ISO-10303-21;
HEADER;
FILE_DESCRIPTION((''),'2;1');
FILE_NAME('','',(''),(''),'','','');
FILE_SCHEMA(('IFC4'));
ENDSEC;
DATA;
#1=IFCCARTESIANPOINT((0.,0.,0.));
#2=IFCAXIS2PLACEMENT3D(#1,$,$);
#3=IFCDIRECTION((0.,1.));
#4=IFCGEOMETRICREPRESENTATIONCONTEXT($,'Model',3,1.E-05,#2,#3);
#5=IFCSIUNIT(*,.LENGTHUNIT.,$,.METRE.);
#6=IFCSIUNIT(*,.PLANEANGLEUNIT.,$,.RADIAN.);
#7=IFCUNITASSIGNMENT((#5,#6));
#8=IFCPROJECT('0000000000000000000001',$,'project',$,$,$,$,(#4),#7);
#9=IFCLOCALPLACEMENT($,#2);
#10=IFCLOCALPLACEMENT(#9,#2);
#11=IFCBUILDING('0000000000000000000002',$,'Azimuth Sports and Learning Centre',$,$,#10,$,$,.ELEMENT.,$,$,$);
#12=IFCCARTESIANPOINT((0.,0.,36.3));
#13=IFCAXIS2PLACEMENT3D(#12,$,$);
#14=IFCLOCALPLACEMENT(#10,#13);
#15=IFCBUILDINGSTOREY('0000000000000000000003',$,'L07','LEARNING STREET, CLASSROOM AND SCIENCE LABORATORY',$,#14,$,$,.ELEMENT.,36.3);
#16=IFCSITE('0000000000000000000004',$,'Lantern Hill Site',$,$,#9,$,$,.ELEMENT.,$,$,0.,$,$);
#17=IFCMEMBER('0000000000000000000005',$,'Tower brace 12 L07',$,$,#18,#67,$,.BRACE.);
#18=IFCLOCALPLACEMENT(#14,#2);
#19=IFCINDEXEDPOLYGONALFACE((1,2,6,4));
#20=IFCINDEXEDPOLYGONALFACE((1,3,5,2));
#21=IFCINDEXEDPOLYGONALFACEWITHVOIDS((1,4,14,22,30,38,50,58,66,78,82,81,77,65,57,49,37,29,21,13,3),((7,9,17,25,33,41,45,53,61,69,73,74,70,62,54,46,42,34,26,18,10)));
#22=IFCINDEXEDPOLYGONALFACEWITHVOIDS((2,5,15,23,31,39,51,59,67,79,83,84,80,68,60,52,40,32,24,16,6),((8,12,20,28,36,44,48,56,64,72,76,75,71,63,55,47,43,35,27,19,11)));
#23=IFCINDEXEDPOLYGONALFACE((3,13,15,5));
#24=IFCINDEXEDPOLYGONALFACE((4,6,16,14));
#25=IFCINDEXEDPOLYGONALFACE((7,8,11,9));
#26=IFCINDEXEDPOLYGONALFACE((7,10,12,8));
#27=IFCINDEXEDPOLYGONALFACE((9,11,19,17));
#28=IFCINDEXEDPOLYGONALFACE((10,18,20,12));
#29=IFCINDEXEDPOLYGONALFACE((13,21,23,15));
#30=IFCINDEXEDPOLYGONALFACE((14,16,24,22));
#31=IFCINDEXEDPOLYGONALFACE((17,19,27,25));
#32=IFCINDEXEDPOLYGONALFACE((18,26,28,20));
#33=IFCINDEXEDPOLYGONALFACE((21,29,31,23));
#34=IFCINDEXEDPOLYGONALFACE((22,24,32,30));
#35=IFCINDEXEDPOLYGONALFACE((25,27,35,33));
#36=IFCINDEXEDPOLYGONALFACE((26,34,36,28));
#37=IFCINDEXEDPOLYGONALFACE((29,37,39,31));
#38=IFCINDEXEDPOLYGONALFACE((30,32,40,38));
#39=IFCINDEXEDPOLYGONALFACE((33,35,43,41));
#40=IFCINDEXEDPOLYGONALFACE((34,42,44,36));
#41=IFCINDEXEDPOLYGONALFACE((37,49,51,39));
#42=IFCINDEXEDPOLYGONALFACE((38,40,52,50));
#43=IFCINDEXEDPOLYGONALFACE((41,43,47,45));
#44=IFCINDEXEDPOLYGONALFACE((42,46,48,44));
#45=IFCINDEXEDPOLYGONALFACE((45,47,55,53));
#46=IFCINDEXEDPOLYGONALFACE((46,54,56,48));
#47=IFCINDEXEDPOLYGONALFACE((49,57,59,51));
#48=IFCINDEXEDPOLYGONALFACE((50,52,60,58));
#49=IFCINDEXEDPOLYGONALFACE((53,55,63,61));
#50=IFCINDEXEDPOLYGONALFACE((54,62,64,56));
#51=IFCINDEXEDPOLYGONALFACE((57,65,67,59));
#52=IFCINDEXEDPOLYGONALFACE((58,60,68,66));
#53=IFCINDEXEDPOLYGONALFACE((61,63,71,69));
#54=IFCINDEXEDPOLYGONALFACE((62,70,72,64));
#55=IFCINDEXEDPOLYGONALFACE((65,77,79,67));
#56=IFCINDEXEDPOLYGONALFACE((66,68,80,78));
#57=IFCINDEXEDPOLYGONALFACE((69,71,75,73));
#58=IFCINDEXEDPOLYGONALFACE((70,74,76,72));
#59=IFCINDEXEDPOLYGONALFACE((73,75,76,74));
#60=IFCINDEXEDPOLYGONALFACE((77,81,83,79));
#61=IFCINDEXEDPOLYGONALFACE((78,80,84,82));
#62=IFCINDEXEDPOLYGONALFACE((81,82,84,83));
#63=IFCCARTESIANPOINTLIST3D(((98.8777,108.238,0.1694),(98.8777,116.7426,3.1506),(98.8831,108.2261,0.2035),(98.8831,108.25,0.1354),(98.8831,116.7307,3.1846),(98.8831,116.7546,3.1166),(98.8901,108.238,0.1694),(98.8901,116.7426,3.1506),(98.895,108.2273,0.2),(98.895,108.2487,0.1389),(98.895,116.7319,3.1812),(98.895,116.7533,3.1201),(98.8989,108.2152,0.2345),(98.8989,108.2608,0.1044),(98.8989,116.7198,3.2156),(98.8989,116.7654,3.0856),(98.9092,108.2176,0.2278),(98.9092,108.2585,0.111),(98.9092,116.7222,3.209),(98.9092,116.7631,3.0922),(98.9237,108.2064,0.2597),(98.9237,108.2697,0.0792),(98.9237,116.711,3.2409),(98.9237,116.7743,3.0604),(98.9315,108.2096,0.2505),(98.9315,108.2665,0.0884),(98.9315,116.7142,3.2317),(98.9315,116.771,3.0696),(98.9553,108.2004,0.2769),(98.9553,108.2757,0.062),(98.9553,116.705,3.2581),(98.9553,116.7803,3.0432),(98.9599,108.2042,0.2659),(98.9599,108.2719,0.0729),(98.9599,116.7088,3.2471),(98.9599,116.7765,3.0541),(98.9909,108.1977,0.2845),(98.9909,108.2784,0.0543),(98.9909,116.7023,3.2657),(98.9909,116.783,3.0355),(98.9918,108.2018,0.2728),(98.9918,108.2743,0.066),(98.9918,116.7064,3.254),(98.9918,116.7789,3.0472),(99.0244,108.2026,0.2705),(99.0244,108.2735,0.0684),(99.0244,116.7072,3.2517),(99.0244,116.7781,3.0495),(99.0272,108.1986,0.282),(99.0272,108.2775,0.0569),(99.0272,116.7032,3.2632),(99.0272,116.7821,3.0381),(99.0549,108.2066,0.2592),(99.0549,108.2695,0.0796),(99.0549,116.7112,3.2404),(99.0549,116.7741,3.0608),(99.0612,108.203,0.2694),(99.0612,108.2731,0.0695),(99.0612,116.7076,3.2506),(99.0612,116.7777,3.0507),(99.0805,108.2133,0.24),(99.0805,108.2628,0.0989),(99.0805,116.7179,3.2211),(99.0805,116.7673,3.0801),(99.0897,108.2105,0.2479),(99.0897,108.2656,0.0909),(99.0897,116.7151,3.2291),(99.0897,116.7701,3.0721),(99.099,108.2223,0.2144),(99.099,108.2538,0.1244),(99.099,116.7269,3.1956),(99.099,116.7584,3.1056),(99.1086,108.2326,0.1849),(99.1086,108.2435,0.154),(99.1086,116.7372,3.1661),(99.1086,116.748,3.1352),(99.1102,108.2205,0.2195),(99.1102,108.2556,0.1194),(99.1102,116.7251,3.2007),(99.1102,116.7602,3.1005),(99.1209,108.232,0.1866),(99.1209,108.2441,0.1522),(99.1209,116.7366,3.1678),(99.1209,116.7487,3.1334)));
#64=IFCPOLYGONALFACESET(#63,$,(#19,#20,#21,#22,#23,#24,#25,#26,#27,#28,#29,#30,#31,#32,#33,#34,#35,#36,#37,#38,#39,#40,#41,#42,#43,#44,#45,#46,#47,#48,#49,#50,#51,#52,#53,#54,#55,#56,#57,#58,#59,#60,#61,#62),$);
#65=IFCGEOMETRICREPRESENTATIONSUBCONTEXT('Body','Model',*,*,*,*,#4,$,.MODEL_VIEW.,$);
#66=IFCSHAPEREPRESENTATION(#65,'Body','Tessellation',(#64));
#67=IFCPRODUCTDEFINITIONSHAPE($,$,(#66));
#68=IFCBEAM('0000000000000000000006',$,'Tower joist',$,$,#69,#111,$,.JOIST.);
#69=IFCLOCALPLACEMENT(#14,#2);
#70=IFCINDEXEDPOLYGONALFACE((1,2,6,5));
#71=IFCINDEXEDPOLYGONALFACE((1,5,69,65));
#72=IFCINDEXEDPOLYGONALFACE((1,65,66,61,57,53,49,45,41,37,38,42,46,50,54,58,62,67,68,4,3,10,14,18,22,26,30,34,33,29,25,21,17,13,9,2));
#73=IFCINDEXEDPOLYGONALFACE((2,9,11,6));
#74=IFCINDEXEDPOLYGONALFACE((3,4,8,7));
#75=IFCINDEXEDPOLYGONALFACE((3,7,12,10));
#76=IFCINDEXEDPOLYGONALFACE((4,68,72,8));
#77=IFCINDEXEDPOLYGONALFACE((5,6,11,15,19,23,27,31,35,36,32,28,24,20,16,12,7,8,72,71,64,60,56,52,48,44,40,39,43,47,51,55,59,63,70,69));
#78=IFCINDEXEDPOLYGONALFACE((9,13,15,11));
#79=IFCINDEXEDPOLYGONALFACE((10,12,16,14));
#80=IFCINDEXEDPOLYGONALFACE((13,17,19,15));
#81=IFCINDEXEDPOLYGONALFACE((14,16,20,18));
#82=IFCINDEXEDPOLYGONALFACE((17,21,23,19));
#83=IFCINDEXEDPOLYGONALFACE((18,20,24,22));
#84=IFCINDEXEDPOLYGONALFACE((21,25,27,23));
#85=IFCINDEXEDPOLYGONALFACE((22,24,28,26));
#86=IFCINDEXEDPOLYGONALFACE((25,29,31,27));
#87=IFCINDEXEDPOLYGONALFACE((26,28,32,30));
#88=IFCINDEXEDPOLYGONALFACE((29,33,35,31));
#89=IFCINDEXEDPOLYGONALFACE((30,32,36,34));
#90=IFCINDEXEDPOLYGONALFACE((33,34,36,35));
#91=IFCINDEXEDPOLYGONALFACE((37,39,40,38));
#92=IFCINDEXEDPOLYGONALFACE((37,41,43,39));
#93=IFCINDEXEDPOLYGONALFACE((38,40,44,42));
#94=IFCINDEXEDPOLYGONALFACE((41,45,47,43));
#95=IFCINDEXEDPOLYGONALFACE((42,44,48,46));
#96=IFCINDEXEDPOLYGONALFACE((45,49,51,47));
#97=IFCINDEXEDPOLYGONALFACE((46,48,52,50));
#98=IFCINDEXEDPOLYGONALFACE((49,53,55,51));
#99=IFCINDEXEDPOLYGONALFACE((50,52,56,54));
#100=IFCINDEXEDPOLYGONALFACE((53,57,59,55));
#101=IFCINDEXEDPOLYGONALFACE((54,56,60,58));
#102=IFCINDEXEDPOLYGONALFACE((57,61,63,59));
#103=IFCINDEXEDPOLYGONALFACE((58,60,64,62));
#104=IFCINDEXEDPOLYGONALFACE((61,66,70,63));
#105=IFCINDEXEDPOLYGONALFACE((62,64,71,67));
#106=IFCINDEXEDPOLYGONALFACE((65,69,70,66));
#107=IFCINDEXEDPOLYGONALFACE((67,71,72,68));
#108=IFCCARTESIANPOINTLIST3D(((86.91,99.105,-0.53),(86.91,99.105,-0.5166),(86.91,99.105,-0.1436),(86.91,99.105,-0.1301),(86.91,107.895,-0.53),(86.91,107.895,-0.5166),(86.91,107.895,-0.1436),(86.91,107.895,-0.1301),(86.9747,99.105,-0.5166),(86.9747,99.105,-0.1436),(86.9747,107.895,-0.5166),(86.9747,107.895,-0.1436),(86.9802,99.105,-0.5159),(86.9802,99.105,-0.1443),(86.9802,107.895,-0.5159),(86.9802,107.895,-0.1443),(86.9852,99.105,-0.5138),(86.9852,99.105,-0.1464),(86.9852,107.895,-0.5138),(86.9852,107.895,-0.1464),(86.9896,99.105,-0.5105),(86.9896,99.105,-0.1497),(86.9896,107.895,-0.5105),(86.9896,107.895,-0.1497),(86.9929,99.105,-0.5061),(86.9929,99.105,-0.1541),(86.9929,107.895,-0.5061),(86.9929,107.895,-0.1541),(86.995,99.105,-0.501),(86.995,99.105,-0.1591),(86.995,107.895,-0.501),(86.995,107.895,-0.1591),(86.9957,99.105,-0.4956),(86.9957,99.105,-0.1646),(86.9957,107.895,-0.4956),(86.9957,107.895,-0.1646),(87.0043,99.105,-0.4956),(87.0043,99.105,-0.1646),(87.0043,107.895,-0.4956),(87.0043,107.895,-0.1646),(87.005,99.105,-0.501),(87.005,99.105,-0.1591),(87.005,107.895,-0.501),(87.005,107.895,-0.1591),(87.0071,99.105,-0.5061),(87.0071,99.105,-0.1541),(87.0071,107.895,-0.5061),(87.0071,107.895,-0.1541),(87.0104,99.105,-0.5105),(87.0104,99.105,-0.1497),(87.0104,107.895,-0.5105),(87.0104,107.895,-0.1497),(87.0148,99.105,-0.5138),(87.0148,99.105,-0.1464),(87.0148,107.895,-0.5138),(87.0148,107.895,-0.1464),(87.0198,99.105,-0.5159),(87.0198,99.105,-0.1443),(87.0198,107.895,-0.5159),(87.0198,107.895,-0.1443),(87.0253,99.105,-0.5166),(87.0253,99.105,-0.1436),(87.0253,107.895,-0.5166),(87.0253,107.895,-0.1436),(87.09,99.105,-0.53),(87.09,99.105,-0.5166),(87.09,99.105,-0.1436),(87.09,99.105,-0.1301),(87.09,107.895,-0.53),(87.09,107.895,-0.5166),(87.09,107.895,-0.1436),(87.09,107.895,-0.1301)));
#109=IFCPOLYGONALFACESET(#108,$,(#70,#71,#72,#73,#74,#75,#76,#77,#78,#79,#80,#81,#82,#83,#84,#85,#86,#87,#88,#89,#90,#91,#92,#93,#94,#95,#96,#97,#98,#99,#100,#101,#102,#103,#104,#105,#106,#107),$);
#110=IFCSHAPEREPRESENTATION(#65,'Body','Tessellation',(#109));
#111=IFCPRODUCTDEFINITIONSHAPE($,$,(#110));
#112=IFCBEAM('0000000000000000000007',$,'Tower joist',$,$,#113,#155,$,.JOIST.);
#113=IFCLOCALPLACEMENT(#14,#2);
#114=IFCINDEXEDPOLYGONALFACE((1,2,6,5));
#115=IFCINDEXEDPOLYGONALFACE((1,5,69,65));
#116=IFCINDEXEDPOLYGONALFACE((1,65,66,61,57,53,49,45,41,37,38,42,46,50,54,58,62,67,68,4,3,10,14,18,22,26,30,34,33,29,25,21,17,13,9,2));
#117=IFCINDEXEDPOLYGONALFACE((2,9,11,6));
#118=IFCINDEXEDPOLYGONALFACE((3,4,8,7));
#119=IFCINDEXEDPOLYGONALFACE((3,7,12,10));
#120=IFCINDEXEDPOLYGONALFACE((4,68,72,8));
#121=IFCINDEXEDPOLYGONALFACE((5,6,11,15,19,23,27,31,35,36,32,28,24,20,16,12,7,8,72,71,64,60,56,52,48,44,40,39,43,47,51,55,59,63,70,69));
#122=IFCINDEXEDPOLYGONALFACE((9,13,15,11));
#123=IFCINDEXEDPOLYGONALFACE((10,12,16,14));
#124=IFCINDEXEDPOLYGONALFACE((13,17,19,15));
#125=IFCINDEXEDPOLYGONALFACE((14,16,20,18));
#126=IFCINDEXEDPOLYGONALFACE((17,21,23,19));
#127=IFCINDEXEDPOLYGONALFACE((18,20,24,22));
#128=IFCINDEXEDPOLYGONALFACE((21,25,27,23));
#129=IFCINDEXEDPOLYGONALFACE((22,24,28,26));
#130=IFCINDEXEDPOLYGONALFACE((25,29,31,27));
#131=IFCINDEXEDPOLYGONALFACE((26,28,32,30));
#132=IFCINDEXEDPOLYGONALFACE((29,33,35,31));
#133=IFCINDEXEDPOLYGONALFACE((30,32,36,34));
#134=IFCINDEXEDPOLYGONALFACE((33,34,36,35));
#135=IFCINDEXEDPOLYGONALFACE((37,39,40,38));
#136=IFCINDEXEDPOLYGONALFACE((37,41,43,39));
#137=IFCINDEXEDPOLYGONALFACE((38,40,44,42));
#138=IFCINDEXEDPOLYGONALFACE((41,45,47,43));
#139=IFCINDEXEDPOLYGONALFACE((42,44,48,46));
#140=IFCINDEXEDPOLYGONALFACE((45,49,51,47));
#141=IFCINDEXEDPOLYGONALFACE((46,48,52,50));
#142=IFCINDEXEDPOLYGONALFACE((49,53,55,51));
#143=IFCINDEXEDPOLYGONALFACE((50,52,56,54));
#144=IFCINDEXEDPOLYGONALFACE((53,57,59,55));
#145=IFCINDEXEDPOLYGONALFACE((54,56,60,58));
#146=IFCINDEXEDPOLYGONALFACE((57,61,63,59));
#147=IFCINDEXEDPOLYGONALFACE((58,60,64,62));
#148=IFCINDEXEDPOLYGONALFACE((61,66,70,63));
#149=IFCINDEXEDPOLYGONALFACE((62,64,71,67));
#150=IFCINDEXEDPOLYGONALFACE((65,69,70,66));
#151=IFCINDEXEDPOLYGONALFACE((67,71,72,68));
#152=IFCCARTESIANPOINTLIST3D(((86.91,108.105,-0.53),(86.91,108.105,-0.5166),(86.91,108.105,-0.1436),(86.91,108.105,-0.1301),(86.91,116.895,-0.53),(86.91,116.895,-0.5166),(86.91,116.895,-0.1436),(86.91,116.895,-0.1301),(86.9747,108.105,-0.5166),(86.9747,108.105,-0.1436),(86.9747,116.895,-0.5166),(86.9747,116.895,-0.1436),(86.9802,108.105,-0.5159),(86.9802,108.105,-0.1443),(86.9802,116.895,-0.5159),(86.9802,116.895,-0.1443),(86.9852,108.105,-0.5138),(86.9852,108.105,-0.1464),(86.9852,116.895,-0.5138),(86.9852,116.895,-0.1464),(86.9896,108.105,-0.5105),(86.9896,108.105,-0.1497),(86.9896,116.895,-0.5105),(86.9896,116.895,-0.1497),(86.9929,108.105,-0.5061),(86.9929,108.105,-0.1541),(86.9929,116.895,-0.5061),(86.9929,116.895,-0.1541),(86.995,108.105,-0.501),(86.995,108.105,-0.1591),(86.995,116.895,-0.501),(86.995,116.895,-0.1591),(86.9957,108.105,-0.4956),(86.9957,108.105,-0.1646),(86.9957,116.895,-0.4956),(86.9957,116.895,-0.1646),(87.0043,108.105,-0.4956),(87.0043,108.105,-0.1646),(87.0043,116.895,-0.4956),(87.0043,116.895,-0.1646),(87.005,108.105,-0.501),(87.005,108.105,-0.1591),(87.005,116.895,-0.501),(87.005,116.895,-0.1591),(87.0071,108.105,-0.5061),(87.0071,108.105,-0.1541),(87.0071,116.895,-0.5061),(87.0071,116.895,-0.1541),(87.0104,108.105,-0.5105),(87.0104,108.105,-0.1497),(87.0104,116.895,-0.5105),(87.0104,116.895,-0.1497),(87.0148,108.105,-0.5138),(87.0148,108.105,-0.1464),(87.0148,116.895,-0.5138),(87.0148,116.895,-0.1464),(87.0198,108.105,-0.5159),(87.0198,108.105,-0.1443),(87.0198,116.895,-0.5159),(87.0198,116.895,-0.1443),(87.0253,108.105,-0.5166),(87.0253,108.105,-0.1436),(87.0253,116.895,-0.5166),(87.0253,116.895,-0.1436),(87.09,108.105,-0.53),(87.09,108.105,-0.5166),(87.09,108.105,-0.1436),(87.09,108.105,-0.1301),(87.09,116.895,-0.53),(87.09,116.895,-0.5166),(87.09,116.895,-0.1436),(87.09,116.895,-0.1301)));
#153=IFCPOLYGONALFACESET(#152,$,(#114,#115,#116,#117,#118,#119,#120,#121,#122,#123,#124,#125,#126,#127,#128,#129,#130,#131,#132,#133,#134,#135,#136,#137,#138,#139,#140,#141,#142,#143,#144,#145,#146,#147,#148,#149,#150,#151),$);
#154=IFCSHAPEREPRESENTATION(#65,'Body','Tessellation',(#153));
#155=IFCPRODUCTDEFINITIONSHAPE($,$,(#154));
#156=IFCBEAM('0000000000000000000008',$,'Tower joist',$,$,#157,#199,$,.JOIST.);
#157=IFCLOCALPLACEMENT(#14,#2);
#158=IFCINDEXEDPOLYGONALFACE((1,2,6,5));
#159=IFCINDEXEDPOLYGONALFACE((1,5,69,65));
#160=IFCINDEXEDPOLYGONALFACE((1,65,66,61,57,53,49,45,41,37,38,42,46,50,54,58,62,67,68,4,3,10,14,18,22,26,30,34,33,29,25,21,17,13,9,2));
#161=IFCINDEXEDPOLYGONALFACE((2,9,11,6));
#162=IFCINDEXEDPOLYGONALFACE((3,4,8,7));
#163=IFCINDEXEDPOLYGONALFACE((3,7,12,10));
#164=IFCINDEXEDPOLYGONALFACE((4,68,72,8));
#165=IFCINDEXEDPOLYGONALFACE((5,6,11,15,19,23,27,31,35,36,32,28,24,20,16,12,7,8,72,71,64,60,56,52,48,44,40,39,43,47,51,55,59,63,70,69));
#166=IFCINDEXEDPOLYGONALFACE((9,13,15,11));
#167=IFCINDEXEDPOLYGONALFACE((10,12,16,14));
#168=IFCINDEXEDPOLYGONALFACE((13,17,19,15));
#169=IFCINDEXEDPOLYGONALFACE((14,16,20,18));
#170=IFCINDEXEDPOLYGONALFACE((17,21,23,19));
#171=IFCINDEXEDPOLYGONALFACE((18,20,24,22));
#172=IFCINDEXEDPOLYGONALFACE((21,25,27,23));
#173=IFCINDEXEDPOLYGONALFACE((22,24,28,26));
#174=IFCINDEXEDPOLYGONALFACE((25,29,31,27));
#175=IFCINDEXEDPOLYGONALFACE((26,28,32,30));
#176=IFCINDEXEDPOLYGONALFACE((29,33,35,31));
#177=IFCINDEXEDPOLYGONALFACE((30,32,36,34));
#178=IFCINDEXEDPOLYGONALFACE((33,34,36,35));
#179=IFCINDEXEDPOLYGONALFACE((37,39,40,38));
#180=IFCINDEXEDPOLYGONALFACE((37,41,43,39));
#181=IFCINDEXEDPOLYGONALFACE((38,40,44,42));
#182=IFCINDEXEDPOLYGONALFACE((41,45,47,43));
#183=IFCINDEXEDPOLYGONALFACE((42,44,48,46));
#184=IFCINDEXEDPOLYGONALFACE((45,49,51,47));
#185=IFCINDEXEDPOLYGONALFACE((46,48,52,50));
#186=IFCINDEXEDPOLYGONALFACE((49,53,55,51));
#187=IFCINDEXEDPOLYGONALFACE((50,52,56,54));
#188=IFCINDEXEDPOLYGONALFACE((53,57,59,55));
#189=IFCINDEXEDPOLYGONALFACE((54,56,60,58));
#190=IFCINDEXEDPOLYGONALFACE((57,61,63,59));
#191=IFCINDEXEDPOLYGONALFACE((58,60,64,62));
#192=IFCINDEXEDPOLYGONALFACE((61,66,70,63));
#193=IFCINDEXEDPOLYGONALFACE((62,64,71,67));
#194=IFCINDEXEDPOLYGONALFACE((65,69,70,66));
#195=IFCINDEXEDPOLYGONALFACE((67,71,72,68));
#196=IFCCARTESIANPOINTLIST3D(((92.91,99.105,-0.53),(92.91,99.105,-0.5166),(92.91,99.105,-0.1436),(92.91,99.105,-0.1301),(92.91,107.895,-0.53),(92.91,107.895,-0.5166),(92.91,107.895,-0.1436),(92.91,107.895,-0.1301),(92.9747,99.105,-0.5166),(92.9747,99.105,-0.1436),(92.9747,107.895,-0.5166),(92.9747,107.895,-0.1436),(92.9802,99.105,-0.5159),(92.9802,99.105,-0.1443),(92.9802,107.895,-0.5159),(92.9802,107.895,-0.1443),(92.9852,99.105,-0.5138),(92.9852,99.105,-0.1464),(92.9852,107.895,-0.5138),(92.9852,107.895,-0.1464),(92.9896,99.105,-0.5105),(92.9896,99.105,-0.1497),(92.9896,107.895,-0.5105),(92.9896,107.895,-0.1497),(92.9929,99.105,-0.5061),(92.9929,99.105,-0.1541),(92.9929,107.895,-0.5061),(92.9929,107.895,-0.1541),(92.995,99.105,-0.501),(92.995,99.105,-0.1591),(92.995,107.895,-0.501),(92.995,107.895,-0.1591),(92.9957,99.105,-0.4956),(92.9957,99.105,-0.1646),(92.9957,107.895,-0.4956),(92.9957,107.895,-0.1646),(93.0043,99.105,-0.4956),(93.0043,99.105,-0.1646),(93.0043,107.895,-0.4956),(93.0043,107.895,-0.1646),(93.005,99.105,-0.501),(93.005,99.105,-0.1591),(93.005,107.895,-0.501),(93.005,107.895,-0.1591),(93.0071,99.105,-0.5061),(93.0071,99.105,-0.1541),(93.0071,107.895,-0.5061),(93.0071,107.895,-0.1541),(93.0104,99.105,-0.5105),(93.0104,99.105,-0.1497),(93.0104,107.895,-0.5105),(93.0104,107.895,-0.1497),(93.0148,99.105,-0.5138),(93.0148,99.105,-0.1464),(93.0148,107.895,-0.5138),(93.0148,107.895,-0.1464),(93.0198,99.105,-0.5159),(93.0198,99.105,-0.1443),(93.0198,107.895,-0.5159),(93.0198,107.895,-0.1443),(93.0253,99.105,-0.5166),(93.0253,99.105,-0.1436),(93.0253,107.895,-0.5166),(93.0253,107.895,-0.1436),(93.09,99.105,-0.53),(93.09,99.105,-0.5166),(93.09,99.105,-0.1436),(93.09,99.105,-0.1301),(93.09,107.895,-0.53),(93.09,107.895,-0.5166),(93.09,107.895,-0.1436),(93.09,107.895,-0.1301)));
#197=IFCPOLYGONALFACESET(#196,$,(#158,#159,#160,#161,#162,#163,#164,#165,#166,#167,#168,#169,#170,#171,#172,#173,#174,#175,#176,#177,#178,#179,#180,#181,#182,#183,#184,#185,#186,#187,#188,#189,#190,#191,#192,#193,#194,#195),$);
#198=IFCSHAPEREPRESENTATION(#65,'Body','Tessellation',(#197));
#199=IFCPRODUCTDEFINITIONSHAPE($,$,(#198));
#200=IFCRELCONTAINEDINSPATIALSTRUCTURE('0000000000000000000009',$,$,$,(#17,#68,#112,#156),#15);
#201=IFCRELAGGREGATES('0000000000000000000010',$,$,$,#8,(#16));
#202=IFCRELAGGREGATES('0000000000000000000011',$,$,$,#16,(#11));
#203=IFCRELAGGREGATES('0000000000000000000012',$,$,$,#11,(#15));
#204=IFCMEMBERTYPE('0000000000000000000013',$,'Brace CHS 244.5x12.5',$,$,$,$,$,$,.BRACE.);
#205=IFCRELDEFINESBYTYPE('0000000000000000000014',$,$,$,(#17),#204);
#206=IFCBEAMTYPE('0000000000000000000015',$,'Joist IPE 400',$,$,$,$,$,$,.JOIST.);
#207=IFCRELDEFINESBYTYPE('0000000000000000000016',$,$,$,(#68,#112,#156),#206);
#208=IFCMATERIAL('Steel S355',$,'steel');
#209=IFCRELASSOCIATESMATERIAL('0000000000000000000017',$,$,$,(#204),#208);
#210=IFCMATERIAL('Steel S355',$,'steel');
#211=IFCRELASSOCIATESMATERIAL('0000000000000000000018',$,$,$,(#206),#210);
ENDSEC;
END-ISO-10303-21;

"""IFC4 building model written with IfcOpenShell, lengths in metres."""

from ifc_helpers import new_model, si_unit, direction, frame, origin, origin_2d, place, context, subcontext, project, spatial, hollow_circle, i_section, extrude, material, material_profile, profile_set, type_object, element, save


model = new_model("IFC4")

# Units and contexts
model_context = context("Model", 3, precision=1e-05, world=origin(), true_north=direction((0.0, 1.0)))
body_context = subcontext(model_context, "Body", "Model", "MODEL_VIEW")
ifc_project = project(units=[si_unit("LENGTHUNIT", "METRE"), si_unit("PLANEANGLEUNIT", "RADIAN")], contexts=[model_context])

# Site, building, storey
site_placement = place(None, origin())
site = spatial("IfcSite", under=ifc_project, at=site_placement, Name="Lantern Hill Site", CompositionType="ELEMENT", RefElevation=0.0)
building_placement = place(site_placement, origin())
building = spatial("IfcBuilding", under=site, at=building_placement, Name="Azimuth Sports and Learning Centre", CompositionType="ELEMENT")
storey_placement = place(building_placement, frame((0.0, 0.0, 36.3)))
storey = spatial("IfcBuildingStorey", under=building, at=storey_placement, Name="L07", Description="LEARNING STREET, CLASSROOM AND SCIENCE LABORATORY", CompositionType="ELEMENT", Elevation=36.3)

# Member
ifc_material_1 = material(Name="Steel S355", Category="steel")
ifc_material_profile_1 = material_profile(ifc_material_1, hollow_circle(Radius=0.1223, WallThickness=0.0125, at=origin_2d()), Name="CHS 244.5x12.5")
ifc_profile_set_1 = profile_set([ifc_material_profile_1], Name="Steel S355")
member_type = type_object("IfcMemberType", Name="Brace CHS 244.5x12.5", PredefinedType="BRACE", material=ifc_profile_set_1)
member_placement = place(storey_placement, frame((99.0, 108.238, 0.1694), z_axis=(0.0, 0.9437, 0.330803), x_axis=(-1.0, 0.0, 0.0)))
element("IfcMember", 1, at=member_placement, inside=storey, type_object=member_type, Name="Tower brace 12 L07", PredefinedType="BRACE", context=body_context, shape_type="SweptSolid", body=[
    extrude(hollow_circle(Radius=0.1223, WallThickness=0.0125, at=origin_2d()), origin(), (0.0, 0.0, 1.0), 9.012),
])

# Beams
ifc_material_2 = material(Name="Steel S355", Category="steel")
ifc_material_profile_2 = material_profile(ifc_material_2, i_section(OverallWidth=0.1799, OverallDepth=0.3999, WebThickness=0.0085, FlangeThickness=0.0134, FilletRadius=0.021, at=origin_2d()), Name="IPE 400")
ifc_profile_set_2 = profile_set([ifc_material_profile_2], Name="Steel S355")
beam_type_1 = type_object("IfcBeamType", Name="Joist IPE 400", PredefinedType="JOIST", material=ifc_profile_set_2)
for number, where, z_axis, x_axis, name in (
    (2, (87.0, 99.105, -0.3301), (0.0, 1.0, 0.0), (-1.0, 0.0, 0.0), "Tower joist"),
    (3, (87.0, 108.105, -0.3301), (0.0, 1.0, 0.0), (-1.0, 0.0, 0.0), "Tower joist"),
    (4, (93.0, 99.105, -0.3301), (0.0, 1.0, 0.0), (-1.0, 0.0, 0.0), "Tower joist"),
):
    element("IfcBeam", number, at=place(storey_placement, frame(where, z_axis=z_axis, x_axis=x_axis)), inside=storey, type_object=beam_type_1, Name=name, PredefinedType="JOIST", context=body_context, shape_type="SweptSolid", body=[
        extrude(i_section(OverallWidth=0.1799, OverallDepth=0.3999, WebThickness=0.0085, FlangeThickness=0.0134, FilletRadius=0.021, at=origin_2d()), origin(), (0.0, 0.0, 1.0), 8.79),
    ])

save(model, "model.ifc")
